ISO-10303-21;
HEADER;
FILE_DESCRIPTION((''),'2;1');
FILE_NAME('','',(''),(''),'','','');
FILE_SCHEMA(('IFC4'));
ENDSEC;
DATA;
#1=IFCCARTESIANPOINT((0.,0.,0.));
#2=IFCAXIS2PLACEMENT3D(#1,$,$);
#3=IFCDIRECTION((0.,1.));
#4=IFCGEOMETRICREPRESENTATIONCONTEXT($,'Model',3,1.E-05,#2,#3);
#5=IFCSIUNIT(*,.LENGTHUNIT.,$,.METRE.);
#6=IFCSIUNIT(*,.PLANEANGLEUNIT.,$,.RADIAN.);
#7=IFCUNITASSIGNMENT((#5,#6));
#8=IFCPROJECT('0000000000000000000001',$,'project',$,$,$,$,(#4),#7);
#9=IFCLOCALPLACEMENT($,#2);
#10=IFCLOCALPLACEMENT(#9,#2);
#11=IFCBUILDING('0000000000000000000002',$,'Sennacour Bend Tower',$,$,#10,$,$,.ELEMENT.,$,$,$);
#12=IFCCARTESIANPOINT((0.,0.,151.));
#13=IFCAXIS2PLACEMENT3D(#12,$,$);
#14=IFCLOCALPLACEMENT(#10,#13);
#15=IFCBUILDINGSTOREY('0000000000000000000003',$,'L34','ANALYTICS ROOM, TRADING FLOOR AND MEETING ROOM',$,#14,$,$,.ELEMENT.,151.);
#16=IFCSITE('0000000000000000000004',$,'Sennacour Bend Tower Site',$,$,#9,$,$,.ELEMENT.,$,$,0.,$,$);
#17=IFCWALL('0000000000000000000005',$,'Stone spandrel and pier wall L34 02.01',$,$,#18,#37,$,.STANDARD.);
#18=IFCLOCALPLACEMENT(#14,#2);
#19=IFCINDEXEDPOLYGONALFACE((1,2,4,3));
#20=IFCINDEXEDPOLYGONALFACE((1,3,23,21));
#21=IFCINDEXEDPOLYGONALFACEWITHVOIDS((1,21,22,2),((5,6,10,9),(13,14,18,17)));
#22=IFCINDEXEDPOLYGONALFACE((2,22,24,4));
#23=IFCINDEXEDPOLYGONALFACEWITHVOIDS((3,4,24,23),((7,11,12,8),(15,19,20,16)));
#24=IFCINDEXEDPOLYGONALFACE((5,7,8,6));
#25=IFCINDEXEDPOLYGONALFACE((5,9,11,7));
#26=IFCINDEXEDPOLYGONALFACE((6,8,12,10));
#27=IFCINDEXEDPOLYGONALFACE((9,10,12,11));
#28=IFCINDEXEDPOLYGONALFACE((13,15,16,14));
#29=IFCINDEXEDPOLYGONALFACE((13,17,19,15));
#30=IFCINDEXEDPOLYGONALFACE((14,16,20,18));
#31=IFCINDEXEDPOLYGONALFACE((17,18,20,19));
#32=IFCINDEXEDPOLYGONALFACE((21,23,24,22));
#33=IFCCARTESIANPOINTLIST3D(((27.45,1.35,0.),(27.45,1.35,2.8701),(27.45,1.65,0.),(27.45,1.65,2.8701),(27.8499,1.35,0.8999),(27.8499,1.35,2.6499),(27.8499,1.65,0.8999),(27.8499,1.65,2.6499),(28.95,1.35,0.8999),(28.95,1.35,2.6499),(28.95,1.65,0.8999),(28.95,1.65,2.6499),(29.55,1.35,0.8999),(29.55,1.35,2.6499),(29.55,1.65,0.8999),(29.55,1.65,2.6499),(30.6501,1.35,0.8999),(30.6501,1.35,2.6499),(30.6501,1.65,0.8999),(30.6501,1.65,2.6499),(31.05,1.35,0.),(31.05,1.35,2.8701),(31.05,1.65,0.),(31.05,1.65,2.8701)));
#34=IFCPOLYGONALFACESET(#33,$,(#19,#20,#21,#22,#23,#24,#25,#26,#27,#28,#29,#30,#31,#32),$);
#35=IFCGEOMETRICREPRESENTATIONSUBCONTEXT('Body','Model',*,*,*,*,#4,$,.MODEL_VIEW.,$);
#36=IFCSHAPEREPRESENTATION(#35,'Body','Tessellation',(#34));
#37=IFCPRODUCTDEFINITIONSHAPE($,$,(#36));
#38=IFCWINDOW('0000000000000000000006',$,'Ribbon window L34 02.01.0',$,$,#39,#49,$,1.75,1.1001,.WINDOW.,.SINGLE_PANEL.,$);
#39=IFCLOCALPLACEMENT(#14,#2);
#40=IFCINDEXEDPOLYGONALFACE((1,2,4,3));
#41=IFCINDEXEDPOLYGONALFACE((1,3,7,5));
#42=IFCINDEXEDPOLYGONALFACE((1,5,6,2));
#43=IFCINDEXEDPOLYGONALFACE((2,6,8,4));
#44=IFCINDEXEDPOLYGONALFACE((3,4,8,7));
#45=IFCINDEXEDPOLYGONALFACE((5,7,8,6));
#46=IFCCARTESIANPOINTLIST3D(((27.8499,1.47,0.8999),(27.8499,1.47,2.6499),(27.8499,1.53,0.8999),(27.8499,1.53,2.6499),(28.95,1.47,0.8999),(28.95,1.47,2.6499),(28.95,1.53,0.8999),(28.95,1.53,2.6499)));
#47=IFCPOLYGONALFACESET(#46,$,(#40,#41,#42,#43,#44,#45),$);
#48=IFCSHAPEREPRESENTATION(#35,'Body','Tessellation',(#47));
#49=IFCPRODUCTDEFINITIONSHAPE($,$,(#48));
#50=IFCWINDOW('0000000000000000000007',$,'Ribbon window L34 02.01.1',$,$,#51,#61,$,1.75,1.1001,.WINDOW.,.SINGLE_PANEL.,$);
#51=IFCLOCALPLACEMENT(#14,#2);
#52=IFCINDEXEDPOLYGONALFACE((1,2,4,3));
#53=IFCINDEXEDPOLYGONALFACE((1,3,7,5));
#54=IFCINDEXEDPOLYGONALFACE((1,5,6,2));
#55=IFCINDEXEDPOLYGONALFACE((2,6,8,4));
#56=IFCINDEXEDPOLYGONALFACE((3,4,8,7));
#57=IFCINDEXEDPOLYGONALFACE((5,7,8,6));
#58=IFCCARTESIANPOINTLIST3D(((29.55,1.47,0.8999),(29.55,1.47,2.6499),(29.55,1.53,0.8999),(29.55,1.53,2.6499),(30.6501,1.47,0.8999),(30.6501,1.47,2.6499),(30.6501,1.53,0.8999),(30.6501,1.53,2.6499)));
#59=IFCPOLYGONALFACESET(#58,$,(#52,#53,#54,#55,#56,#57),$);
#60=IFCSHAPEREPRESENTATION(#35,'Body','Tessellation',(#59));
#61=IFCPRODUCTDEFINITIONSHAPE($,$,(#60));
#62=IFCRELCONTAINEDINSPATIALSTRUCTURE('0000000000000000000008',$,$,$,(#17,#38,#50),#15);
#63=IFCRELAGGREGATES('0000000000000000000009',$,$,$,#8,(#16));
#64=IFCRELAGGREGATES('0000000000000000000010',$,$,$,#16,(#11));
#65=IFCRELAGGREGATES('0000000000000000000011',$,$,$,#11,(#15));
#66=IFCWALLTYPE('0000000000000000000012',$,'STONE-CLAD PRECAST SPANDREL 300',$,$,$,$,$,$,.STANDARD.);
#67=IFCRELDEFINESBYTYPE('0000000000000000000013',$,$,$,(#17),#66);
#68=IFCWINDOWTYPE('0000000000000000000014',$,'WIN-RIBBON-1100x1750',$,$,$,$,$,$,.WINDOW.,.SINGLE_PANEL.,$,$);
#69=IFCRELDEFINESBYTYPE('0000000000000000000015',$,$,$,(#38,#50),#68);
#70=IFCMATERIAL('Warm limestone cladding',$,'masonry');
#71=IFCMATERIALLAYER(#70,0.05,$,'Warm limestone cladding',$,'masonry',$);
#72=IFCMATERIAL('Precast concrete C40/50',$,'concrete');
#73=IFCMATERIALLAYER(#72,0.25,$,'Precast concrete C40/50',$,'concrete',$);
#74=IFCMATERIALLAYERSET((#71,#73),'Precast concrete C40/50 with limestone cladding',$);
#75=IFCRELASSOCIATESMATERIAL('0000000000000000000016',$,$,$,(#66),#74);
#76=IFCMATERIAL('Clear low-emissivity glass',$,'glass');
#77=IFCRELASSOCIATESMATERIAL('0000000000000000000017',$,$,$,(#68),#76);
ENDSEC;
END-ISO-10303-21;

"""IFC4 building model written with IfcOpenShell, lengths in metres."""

from ifc_helpers import new_model, si_unit, direction, frame, frame_2d, origin, place, context, subcontext, project, spatial, rectangle, extrude, material, layer, layer_set, type_object, element, fill, save


model = new_model("IFC4")

# Units and contexts
model_context = context("Model", 3, precision=1e-05, world=origin(), true_north=direction((0.0, 1.0)))
body_context = subcontext(model_context, "Body", "Model", "MODEL_VIEW")
ifc_project = project(units=[si_unit("LENGTHUNIT", "METRE"), si_unit("PLANEANGLEUNIT", "RADIAN")], contexts=[model_context])

# Site, building, storey
site_placement = place(None, origin())
site = spatial("IfcSite", under=ifc_project, at=site_placement, Name="Sennacour Bend Tower Site", CompositionType="ELEMENT", RefElevation=0.0)
building_placement = place(site_placement, origin())
building = spatial("IfcBuilding", under=site, at=building_placement, Name="Sennacour Bend Tower", CompositionType="ELEMENT")
storey_placement = place(building_placement, frame((0.0, 0.0, 151.0)))
storey = spatial("IfcBuildingStorey", under=building, at=storey_placement, Name="L34", Description="ANALYTICS ROOM, TRADING FLOOR AND MEETING ROOM", CompositionType="ELEMENT", Elevation=151.0)

# Shared definitions
ifc_material_1 = material(Name="Clear low-emissivity glass", Category="glass")

# Wall, openings, windows
ifc_material_2 = material(Name="Warm limestone cladding", Category="masonry")
ifc_layer_1 = layer(ifc_material_2, 0.05, Name="Warm limestone cladding", Category="masonry")
ifc_material_3 = material(Name="Precast concrete C40/50", Category="concrete")
ifc_layer_2 = layer(ifc_material_3, 0.25, Name="Precast concrete C40/50", Category="concrete")
ifc_layer_set_1 = layer_set([ifc_layer_1, ifc_layer_2], Name="Precast concrete C40/50 with limestone cladding")
wall_type_1 = type_object("IfcWallType", Name="STONE-CLAD PRECAST SPANDREL 300", PredefinedType="STANDARD", material=ifc_layer_set_1)
wall_1_placement = place(storey_placement, frame((27.45, 1.5, 0.0), z_axis=(0.0, 0.0, 1.0), x_axis=(1.0, 0.0, 0.0)))
wall_1 = element("IfcWall", 1, at=wall_1_placement, inside=storey, type_object=wall_type_1, Name="Stone spandrel and pier wall L34 02.01", PredefinedType="STANDARD", context=body_context, shape_type="SweptSolid", body=[
    extrude(rectangle(XDim=3.6001, YDim=0.3, at=frame_2d((1.8, 0.0))), origin(), (0.0, 0.0, 1.0), 2.8701),
])
opening_1_placement = place(wall_1_placement, frame((0.3999, 0.0, 0.8999)))
opening_1 = element("IfcOpeningElement", 2, at=opening_1_placement, cuts=wall_1, PredefinedType="OPENING", context=body_context, shape_type="SweptSolid", body=[
    extrude(rectangle(XDim=1.1001, YDim=1.75, at=frame_2d((0.55, 0.875))), frame((0.0, 0.1602, 0.0), z_axis=(0.0, -1.0, 0.0), x_axis=(1.0, 0.0, 0.0)), (0.0, 0.0, 1.0), 0.3201),
])
opening_2_placement = place(wall_1_placement, frame((2.1001, 0.0, 0.8999)))
opening_2 = element("IfcOpeningElement", 3, at=opening_2_placement, cuts=wall_1, PredefinedType="OPENING", context=body_context, shape_type="SweptSolid", body=[
    extrude(rectangle(XDim=1.1001, YDim=1.75, at=frame_2d((0.55, 0.875))), frame((0.0, 0.1602, 0.0), z_axis=(0.0, -1.0, 0.0), x_axis=(1.0, 0.0, 0.0)), (0.0, 0.0, 1.0), 0.3201),
])
window_type = type_object("IfcWindowType", Name="WIN-RIBBON-1100x1750", PartitioningType="SINGLE_PANEL", PredefinedType="WINDOW", material=ifc_material_1)
window_1_placement = place(opening_1_placement, origin())
window_1 = element("IfcWindow", 4, at=window_1_placement, inside=storey, type_object=window_type, Name="Ribbon window L34 02.01.0", OverallHeight=1.75, OverallWidth=1.1001, PartitioningType="SINGLE_PANEL", PredefinedType="WINDOW", context=body_context, shape_type="SweptSolid", body=[
    extrude(rectangle(XDim=1.1001, YDim=1.75, at=frame_2d((0.55, 0.875))), frame((0.0, 0.03, 0.0), z_axis=(0.0, -1.0, 0.0), x_axis=(1.0, 0.0, 0.0)), (0.0, 0.0, 1.0), 0.0601),
])
fill(opening_1, window_1)
window_2_placement = place(opening_2_placement, origin())
window_2 = element("IfcWindow", 5, at=window_2_placement, inside=storey, type_object=window_type, Name="Ribbon window L34 02.01.1", OverallHeight=1.75, OverallWidth=1.1001, PartitioningType="SINGLE_PANEL", PredefinedType="WINDOW", context=body_context, shape_type="SweptSolid", body=[
    extrude(rectangle(XDim=1.1001, YDim=1.75, at=frame_2d((0.55, 0.875))), frame((0.0, 0.03, 0.0), z_axis=(0.0, -1.0, 0.0), x_axis=(1.0, 0.0, 0.0)), (0.0, 0.0, 1.0), 0.0601),
])
fill(opening_2, window_2)

save(model, "model.ifc")
